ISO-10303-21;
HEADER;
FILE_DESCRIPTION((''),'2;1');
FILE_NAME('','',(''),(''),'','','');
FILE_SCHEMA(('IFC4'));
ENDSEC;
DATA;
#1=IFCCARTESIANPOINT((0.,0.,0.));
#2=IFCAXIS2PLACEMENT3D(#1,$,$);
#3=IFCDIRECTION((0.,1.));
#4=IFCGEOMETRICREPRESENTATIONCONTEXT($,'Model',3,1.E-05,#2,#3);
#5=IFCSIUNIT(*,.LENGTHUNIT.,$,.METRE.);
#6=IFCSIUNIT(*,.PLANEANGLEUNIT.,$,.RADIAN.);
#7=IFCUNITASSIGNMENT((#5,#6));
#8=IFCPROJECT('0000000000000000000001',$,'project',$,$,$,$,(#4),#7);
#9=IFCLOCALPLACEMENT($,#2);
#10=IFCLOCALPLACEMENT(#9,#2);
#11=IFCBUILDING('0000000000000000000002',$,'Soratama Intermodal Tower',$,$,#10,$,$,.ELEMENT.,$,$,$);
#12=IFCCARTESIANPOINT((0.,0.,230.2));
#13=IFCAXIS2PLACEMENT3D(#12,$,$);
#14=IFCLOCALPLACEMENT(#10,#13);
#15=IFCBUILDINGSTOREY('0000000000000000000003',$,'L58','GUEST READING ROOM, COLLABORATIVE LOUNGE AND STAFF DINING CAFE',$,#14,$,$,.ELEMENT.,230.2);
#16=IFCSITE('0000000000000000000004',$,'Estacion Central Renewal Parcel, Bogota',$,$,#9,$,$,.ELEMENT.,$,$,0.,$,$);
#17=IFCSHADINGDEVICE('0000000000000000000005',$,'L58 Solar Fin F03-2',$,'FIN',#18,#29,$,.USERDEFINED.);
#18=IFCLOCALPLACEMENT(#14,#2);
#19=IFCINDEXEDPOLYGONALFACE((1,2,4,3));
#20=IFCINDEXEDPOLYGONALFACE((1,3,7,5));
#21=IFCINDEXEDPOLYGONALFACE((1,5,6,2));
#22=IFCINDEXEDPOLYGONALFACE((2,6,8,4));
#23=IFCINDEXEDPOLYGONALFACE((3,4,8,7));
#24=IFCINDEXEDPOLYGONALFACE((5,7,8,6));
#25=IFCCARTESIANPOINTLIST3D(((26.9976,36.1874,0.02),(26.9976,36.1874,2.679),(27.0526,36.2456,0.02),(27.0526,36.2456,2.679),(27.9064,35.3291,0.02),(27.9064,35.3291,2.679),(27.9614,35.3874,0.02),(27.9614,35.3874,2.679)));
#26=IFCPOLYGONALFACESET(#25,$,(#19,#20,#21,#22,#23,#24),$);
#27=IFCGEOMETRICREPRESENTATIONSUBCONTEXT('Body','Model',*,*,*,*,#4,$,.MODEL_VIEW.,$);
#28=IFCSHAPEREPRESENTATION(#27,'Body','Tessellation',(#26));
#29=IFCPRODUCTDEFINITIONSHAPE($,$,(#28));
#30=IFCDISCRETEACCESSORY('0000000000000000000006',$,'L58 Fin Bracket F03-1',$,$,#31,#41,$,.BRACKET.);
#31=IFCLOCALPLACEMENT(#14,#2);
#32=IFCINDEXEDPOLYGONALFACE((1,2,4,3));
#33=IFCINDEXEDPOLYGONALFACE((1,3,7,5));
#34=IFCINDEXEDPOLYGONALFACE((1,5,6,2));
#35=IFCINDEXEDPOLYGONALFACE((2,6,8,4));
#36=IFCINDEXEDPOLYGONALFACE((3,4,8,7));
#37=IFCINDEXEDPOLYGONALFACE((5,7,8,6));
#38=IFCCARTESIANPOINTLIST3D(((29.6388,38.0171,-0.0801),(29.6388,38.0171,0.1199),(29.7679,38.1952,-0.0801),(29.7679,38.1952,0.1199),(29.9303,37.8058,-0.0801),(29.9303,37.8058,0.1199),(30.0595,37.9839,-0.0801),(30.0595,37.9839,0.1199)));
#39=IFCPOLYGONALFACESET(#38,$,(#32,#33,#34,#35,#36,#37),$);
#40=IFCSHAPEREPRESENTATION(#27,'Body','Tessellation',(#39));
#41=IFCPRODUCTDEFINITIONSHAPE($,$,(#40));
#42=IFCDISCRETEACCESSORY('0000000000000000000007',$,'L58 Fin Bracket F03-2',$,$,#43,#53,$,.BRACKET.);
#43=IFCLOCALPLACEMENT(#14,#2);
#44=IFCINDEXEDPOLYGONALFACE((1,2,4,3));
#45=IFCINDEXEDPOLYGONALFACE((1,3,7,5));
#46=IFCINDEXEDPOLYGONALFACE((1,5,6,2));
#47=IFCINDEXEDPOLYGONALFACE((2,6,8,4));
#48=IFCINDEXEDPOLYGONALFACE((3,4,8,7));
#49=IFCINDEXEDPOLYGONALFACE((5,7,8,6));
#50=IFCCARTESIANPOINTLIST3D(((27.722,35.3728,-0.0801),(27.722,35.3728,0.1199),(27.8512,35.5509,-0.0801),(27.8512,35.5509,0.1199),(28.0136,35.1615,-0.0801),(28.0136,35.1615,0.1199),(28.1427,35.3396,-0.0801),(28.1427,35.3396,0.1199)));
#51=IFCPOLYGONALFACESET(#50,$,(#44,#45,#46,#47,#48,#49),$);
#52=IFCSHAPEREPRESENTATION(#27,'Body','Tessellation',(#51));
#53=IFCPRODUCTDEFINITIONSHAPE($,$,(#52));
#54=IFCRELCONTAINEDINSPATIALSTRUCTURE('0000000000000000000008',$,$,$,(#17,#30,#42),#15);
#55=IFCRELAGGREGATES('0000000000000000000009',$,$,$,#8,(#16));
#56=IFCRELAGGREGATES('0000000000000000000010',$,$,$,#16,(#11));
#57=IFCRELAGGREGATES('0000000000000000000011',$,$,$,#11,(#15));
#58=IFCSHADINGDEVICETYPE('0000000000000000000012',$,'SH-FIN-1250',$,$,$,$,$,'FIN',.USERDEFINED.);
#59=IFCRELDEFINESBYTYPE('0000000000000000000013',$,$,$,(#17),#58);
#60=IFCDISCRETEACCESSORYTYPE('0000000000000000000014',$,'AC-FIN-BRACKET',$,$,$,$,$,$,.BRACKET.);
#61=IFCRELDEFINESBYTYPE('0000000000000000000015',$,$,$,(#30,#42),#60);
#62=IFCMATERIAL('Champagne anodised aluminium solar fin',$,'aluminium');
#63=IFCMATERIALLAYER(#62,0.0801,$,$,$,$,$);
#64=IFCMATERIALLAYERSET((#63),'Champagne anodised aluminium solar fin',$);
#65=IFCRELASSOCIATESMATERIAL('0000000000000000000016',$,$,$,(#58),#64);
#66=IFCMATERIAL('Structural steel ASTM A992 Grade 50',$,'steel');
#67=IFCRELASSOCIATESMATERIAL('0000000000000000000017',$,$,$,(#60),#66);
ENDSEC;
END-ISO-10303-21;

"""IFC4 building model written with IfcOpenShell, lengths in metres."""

from ifc_helpers import new_model, si_unit, direction, frame, origin, origin_2d, place, context, subcontext, project, spatial, rectangle, extrude, material, layer, layer_set, type_object, element, save


model = new_model("IFC4")

# Units and contexts
model_context = context("Model", 3, precision=1e-05, world=origin(), true_north=direction((0.0, 1.0)))
body_context = subcontext(model_context, "Body", "Model", "MODEL_VIEW")
ifc_project = project(units=[si_unit("LENGTHUNIT", "METRE"), si_unit("PLANEANGLEUNIT", "RADIAN")], contexts=[model_context])

# Site, building, storey
site_placement = place(None, origin())
site = spatial("IfcSite", under=ifc_project, at=site_placement, Name="Estacion Central Renewal Parcel, Bogota", CompositionType="ELEMENT", RefElevation=0.0)
building_placement = place(site_placement, origin())
building = spatial("IfcBuilding", under=site, at=building_placement, Name="Soratama Intermodal Tower", CompositionType="ELEMENT")
storey_placement = place(building_placement, frame((0.0, 0.0, 230.2)))
storey = spatial("IfcBuildingStorey", under=building, at=storey_placement, Name="L58", Description="GUEST READING ROOM, COLLABORATIVE LOUNGE AND STAFF DINING CAFE", CompositionType="ELEMENT", Elevation=230.2)

# Shading device
ifc_material_1 = material(Name="Champagne anodised aluminium solar fin", Category="aluminium")
ifc_layer_1 = layer(ifc_material_1, 0.0801)
ifc_layer_set_1 = layer_set([ifc_layer_1], Name="Champagne anodised aluminium solar fin")
shading_device_type = type_object("IfcShadingDeviceType", Name="SH-FIN-1250", ElementType="FIN", PredefinedType="USERDEFINED", material=ifc_layer_set_1)
for number, where, z_axis, x_axis, name in (
    (1, (27.4795, 35.7874, 0.02), (0.0, 0.0, 1.0), (-0.727054, 0.68658, 0.0), "L58 Solar Fin F03-2"),
):
    element("IfcShadingDevice", number, at=place(storey_placement, frame(where, z_axis=z_axis, x_axis=x_axis)), inside=storey, type_object=shading_device_type, Name=name, ObjectType="FIN", PredefinedType="USERDEFINED", context=body_context, shape_type="SweptSolid", body=[
        extrude(rectangle(XDim=1.25, YDim=0.0801, at=origin_2d()), origin(), (0.0, 0.0, 1.0), 2.6589),
    ])

# Discrete accessories
ifc_material_2 = material(Name="Structural steel ASTM A992 Grade 50", Category="steel")
discrete_accessory_type = type_object("IfcDiscreteAccessoryType", Name="AC-FIN-BRACKET", PredefinedType="BRACKET", material=ifc_material_2)
for number, where, z_axis, x_axis, name in (
    (2, (29.8491, 38.0005, -0.0801), (0.0, 0.0, 1.0), (-0.809632, 0.586938, 0.0), "L58 Fin Bracket F03-1"),
    (3, (27.9324, 35.3562, -0.0801), (0.0, 0.0, 1.0), (-0.809632, 0.586938, 0.0), "L58 Fin Bracket F03-2"),
):
    element("IfcDiscreteAccessory", number, at=place(storey_placement, frame(where, z_axis=z_axis, x_axis=x_axis)), inside=storey, type_object=discrete_accessory_type, Name=name, PredefinedType="BRACKET", context=body_context, shape_type="SweptSolid", body=[
        extrude(rectangle(XDim=0.3601, YDim=0.22, at=origin_2d()), origin(), (0.0, 0.0, 1.0), 0.2),
    ])

save(model, "model.ifc")
